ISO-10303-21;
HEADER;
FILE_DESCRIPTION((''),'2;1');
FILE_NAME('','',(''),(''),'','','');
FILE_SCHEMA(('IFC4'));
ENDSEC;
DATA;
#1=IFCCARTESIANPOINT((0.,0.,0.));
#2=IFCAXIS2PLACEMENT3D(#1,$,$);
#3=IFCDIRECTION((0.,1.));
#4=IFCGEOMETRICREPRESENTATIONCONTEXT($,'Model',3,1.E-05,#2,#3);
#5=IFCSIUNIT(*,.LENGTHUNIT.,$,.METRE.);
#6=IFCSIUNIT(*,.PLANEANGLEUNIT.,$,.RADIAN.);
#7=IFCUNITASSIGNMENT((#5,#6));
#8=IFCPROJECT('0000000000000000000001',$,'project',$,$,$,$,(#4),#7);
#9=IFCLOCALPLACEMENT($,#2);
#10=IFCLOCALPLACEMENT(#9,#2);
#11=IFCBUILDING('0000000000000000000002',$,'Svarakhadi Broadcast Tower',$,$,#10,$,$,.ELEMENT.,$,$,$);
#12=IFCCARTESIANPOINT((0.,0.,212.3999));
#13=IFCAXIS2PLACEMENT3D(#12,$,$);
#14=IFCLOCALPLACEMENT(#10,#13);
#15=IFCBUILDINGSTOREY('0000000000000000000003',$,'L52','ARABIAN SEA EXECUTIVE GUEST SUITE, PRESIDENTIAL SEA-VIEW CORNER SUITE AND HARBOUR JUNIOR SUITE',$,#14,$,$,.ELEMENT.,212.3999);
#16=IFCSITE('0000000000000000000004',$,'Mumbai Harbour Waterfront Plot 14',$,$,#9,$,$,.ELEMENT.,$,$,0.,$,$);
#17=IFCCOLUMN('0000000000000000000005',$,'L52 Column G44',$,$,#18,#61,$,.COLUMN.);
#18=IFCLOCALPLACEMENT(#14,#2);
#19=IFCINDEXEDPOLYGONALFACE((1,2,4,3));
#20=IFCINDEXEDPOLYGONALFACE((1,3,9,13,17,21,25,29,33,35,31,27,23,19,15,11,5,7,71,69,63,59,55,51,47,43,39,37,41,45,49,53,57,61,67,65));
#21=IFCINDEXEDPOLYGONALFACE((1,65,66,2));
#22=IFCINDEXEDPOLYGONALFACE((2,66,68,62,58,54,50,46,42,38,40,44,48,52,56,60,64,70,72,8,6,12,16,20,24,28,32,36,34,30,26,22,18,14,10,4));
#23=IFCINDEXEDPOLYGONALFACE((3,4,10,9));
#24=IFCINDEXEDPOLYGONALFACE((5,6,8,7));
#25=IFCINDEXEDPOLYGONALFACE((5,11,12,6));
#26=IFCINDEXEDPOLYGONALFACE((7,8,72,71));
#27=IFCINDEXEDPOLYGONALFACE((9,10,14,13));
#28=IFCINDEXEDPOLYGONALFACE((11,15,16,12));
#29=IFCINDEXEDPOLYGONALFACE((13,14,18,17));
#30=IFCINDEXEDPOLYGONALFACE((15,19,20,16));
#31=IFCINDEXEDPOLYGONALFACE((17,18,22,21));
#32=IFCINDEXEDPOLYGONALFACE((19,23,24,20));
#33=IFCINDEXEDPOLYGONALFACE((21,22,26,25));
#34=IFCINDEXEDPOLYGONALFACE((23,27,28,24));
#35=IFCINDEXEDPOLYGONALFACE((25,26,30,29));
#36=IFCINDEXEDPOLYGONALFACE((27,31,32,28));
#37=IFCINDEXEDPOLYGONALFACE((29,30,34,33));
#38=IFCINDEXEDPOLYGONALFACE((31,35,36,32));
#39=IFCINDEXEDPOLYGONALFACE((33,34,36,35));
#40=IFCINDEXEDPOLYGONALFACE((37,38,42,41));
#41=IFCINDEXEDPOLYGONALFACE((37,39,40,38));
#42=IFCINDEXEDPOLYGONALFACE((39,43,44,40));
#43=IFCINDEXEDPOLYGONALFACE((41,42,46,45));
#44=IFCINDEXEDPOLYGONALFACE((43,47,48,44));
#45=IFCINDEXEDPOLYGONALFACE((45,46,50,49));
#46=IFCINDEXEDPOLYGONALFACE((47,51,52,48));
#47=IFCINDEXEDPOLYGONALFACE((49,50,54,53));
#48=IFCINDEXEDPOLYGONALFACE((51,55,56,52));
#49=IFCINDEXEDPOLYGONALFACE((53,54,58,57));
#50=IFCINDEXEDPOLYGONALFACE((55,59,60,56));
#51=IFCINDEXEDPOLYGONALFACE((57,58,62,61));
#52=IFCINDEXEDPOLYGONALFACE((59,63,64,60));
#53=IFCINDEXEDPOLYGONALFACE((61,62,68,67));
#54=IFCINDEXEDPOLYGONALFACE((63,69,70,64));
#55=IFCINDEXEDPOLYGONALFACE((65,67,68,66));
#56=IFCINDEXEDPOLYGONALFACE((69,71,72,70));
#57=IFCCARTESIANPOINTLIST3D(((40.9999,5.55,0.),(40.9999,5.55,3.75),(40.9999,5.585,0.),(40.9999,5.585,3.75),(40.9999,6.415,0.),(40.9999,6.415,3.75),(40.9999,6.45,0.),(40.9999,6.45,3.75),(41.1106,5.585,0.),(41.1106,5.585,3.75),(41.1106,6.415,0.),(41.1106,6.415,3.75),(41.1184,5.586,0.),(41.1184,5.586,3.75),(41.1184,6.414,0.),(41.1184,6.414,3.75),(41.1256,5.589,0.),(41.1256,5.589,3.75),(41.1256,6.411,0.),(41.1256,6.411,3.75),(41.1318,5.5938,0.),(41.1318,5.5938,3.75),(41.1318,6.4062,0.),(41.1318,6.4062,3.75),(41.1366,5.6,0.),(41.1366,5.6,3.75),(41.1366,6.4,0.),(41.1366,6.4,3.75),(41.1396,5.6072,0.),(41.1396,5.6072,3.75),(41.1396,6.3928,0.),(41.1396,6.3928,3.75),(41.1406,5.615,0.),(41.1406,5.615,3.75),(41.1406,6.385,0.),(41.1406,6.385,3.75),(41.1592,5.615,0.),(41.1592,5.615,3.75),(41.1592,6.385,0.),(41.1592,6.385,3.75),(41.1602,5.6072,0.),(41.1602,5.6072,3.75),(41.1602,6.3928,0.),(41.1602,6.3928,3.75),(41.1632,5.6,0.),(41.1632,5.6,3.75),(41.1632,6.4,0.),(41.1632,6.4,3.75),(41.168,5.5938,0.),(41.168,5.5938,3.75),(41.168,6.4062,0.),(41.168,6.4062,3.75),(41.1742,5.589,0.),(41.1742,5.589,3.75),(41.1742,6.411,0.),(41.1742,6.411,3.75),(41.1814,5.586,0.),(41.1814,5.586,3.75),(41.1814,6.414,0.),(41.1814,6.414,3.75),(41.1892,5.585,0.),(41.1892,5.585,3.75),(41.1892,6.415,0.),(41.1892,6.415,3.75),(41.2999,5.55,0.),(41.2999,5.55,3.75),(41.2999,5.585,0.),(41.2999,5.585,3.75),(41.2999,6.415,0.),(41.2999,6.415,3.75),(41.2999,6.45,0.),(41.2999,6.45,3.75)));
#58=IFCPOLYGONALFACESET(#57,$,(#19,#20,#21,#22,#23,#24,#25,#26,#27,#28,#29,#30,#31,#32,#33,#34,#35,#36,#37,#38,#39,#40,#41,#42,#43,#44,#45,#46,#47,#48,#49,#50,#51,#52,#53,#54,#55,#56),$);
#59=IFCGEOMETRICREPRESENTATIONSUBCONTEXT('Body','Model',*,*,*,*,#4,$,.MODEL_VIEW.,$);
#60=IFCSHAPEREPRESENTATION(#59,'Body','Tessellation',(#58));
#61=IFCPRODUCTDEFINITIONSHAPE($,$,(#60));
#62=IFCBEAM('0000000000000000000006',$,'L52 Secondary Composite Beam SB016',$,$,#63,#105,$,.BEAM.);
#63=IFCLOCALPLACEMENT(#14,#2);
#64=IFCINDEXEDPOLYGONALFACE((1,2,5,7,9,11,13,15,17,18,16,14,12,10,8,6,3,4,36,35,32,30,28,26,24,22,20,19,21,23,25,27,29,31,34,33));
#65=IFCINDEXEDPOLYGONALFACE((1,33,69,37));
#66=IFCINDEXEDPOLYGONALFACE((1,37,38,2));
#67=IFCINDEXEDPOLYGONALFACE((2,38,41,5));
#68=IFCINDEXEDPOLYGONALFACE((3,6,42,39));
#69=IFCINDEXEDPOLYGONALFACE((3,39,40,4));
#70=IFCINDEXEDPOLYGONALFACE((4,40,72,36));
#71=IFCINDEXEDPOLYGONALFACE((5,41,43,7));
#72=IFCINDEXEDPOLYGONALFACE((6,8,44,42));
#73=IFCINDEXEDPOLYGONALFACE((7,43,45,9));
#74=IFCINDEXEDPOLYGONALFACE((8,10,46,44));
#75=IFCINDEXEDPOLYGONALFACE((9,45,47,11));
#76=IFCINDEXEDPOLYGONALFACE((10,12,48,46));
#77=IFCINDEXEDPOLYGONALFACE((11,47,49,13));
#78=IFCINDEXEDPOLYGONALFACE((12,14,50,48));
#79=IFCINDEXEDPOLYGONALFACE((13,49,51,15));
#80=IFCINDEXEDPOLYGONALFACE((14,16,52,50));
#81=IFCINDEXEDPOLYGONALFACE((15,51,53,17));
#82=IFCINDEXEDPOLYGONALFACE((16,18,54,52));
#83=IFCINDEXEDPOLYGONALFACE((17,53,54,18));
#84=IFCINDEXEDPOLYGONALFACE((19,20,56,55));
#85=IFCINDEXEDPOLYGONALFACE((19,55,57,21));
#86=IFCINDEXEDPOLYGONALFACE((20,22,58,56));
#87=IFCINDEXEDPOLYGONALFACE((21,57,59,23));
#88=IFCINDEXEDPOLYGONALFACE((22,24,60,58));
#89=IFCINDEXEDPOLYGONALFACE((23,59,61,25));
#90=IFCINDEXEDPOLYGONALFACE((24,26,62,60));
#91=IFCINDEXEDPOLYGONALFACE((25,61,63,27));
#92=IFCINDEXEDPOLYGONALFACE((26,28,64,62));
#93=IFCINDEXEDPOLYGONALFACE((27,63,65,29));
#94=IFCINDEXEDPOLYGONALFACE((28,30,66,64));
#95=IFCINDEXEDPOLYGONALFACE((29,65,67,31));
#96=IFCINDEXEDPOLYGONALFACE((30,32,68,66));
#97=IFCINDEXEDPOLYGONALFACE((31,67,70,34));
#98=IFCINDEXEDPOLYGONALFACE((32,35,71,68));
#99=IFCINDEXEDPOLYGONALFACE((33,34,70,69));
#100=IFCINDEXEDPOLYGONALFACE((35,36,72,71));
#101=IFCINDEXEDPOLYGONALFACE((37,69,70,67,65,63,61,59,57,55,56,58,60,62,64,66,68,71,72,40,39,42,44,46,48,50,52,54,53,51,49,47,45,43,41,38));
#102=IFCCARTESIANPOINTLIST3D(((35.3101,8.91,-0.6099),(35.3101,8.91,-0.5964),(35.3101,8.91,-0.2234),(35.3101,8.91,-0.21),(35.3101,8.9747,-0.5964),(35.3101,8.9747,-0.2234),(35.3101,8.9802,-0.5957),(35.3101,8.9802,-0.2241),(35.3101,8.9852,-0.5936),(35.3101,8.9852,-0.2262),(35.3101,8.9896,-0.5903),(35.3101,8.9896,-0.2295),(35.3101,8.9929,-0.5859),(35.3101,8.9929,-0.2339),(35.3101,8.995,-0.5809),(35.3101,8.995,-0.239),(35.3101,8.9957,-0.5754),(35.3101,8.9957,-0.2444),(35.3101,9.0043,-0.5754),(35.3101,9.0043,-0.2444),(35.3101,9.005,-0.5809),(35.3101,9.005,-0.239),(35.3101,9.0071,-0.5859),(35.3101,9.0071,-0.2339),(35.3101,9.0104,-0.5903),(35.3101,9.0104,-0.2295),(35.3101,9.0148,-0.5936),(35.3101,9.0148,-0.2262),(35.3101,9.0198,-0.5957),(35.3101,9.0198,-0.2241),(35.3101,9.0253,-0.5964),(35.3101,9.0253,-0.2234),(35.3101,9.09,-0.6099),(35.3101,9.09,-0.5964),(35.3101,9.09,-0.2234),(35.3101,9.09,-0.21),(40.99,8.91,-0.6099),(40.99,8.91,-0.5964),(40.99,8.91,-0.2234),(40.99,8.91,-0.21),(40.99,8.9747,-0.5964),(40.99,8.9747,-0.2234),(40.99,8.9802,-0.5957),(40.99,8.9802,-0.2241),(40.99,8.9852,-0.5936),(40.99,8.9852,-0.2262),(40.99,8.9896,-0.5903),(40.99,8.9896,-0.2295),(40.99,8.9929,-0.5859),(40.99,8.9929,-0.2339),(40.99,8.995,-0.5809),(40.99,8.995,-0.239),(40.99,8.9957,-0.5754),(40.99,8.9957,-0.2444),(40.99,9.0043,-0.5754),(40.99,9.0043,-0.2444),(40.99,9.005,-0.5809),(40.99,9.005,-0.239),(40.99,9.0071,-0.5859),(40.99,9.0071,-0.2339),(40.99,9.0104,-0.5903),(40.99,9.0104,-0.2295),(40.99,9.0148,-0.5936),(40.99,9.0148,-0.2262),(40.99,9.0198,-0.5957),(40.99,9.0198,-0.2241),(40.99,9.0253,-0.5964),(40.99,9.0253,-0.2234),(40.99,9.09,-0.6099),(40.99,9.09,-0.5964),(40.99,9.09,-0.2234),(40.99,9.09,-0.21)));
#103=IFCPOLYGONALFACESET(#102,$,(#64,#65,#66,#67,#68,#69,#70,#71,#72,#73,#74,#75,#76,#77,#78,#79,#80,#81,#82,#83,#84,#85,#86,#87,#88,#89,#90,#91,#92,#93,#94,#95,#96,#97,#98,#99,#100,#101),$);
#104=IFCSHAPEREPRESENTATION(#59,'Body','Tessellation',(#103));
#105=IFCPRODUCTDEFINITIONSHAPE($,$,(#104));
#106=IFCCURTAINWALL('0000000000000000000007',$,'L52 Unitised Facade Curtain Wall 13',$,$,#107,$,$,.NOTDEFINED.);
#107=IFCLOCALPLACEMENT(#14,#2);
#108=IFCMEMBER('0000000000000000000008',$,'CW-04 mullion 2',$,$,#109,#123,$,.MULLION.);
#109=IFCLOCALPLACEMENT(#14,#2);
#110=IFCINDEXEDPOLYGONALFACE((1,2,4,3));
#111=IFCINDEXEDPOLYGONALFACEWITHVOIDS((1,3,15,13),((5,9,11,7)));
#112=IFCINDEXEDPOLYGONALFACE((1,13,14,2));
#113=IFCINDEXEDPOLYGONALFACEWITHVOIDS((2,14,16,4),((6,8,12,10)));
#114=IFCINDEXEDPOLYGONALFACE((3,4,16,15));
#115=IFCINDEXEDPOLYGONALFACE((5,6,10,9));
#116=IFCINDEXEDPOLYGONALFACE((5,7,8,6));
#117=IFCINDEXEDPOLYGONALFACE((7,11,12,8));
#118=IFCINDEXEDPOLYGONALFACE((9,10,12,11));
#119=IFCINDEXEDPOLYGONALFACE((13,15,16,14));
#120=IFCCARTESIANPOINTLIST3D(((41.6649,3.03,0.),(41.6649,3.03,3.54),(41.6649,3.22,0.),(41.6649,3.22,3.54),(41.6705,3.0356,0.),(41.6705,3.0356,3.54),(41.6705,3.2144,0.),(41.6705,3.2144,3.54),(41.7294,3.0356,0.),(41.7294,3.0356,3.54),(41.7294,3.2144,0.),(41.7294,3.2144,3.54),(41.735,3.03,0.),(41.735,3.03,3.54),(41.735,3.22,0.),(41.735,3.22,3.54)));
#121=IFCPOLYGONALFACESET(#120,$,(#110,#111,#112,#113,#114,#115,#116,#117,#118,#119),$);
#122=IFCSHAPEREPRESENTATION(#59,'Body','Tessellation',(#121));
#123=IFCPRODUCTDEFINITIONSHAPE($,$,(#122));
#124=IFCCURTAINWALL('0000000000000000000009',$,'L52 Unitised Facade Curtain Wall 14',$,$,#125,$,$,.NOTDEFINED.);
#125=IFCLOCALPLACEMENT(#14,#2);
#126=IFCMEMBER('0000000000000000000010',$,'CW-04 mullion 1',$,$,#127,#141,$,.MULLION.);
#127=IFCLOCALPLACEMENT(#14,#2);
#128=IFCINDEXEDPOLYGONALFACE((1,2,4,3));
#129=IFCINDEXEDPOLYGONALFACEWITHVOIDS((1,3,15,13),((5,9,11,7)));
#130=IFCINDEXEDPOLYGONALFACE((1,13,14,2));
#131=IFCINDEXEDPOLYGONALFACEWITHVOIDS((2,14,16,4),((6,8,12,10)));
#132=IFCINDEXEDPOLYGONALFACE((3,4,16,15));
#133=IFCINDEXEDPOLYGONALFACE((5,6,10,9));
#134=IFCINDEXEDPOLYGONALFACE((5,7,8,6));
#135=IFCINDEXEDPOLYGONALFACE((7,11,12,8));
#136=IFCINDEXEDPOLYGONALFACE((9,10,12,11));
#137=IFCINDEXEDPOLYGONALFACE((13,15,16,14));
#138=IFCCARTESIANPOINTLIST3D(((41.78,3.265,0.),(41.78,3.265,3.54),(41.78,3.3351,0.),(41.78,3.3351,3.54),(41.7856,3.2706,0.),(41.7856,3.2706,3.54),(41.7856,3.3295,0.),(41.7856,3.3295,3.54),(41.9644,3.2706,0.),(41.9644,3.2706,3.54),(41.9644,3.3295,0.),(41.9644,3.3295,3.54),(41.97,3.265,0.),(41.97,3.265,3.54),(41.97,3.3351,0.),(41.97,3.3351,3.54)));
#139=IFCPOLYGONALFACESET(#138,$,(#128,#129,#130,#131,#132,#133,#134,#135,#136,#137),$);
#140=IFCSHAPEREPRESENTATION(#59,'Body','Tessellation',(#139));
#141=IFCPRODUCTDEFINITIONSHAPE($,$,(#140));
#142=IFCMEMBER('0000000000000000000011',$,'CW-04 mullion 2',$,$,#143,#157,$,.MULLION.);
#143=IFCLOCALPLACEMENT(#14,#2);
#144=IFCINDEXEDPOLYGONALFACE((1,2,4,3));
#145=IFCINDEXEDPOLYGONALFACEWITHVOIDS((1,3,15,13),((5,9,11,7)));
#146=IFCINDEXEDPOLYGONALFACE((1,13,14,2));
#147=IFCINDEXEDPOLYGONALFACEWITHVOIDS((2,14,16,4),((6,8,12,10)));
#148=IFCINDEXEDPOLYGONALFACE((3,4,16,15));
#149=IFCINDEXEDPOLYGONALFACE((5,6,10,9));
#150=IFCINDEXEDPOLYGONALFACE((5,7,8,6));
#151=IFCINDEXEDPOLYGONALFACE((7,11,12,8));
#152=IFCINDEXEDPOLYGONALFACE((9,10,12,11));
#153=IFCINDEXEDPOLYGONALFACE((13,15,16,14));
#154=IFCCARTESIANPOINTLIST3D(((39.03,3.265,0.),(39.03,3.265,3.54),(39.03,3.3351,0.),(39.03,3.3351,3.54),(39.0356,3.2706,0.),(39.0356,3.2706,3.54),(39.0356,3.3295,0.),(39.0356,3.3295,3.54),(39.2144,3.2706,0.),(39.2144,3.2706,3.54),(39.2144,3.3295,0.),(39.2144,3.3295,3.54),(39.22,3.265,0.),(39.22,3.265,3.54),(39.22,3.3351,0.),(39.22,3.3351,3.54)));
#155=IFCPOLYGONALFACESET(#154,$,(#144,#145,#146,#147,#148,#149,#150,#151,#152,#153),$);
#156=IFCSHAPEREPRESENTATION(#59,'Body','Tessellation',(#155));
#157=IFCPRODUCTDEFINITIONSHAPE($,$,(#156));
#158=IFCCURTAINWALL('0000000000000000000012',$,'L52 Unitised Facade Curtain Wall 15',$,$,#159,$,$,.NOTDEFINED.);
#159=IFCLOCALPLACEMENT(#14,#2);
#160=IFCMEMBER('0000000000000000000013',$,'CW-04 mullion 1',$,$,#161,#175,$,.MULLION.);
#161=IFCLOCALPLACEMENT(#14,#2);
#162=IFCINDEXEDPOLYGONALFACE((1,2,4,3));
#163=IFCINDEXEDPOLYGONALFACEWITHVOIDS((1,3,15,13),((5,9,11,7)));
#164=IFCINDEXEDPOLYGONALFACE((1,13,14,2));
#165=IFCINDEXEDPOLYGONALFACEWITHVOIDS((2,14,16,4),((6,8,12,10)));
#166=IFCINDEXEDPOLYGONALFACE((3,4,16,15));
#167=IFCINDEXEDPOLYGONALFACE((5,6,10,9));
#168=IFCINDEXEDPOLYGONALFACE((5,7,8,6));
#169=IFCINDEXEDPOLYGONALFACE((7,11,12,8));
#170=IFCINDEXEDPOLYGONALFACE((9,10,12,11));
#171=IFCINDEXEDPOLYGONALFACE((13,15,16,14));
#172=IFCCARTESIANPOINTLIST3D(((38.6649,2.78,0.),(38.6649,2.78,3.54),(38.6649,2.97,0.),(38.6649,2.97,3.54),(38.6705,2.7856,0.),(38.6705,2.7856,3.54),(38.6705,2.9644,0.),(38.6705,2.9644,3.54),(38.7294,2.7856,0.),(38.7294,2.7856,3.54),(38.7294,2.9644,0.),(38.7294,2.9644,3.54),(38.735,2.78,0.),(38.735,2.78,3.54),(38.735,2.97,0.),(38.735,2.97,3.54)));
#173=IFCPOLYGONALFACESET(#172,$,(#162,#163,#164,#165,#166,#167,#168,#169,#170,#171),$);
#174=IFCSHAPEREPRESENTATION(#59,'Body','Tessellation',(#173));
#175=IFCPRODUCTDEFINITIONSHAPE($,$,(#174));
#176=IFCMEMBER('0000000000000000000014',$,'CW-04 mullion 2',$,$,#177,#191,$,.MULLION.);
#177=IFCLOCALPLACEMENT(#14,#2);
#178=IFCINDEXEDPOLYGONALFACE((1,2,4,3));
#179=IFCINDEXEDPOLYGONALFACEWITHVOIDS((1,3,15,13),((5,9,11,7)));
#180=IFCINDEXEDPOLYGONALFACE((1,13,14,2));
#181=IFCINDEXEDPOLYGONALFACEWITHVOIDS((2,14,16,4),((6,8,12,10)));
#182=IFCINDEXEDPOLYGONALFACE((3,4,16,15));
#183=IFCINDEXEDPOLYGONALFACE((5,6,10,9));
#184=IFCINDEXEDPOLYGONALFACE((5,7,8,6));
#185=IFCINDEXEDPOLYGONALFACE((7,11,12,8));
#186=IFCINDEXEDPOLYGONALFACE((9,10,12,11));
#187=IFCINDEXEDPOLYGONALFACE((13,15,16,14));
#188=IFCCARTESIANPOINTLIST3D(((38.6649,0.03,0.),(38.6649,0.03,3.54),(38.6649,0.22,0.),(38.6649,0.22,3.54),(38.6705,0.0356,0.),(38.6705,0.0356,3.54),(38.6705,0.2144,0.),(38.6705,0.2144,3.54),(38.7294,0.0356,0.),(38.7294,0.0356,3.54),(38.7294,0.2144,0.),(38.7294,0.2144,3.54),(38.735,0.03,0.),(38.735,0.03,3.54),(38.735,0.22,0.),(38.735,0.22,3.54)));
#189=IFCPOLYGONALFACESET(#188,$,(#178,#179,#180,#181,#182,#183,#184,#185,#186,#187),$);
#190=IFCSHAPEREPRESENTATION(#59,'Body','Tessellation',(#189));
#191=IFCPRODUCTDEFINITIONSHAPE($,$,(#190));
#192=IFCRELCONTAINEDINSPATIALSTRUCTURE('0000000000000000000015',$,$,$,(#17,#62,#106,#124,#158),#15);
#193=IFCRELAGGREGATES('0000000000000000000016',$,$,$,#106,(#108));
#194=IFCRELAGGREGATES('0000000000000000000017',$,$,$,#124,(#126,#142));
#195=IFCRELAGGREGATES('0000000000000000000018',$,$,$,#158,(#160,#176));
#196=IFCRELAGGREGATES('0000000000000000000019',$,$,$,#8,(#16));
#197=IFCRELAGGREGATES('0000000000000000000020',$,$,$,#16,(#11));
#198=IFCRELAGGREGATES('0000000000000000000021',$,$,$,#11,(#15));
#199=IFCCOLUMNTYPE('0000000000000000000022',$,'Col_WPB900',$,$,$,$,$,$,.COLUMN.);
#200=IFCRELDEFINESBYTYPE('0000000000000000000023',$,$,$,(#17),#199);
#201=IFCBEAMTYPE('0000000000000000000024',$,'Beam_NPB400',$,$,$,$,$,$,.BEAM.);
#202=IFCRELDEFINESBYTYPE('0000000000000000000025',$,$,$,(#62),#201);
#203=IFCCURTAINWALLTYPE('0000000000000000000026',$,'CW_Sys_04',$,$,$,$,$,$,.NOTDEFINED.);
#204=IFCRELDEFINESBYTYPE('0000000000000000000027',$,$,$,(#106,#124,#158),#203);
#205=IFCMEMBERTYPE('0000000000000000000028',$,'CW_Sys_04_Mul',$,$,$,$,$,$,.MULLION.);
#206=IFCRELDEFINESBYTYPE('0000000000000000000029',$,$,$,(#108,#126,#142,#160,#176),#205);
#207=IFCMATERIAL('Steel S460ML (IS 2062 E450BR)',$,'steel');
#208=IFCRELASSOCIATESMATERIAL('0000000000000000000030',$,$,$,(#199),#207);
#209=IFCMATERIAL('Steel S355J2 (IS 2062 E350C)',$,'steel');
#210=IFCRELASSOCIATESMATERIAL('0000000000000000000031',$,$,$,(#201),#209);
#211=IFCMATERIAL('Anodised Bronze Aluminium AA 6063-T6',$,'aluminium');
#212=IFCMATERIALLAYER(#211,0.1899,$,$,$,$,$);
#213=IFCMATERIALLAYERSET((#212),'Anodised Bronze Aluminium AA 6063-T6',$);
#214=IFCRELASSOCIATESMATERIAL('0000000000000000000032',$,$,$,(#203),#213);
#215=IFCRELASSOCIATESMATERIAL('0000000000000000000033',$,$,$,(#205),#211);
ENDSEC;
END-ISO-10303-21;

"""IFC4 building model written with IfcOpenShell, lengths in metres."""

from ifc_helpers import new_model, si_unit, direction, frame, origin, origin_2d, place, context, subcontext, project, spatial, hollow_rectangle, i_section, extrude, material, layer, layer_set, material_profile, profile_set, type_object, element, aggregate, save


model = new_model("IFC4")

# Units and contexts
model_context = context("Model", 3, precision=1e-05, world=origin(), true_north=direction((0.0, 1.0)))
body_context = subcontext(model_context, "Body", "Model", "MODEL_VIEW")
ifc_project = project(units=[si_unit("LENGTHUNIT", "METRE"), si_unit("PLANEANGLEUNIT", "RADIAN")], contexts=[model_context])

# Site, building, storey
site_placement = place(None, origin())
site = spatial("IfcSite", under=ifc_project, at=site_placement, Name="Mumbai Harbour Waterfront Plot 14", CompositionType="ELEMENT", RefElevation=0.0)
building_placement = place(site_placement, origin())
building = spatial("IfcBuilding", under=site, at=building_placement, Name="Svarakhadi Broadcast Tower", CompositionType="ELEMENT")
storey_placement = place(building_placement, frame((0.0, 0.0, 212.3999)))
storey = spatial("IfcBuildingStorey", under=building, at=storey_placement, Name="L52", Description="ARABIAN SEA EXECUTIVE GUEST SUITE, PRESIDENTIAL SEA-VIEW CORNER SUITE AND HARBOUR JUNIOR SUITE", CompositionType="ELEMENT", Elevation=212.3999)

# Column
ifc_material_1 = material(Name="Steel S460ML (IS 2062 E450BR)", Category="steel")
ifc_material_profile_1 = material_profile(ifc_material_1, i_section(OverallWidth=0.3, OverallDepth=0.8999, WebThickness=0.0186, FlangeThickness=0.0349, FilletRadius=0.03, at=origin_2d()), Name="WPB 900x300x291")
ifc_profile_set_1 = profile_set([ifc_material_profile_1], Name="Steel S460ML (IS 2062 E450BR)")
column_type = type_object("IfcColumnType", Name="Col_WPB900", PredefinedType="COLUMN", material=ifc_profile_set_1)
column_placement = place(storey_placement, frame((41.1499, 6.0, 0.0), z_axis=(0.0, 0.0, 1.0), x_axis=(1.0, 0.0, 0.0)))
element("IfcColumn", 1, at=column_placement, inside=storey, type_object=column_type, Name="L52 Column G44", PredefinedType="COLUMN", context=body_context, shape_type="SweptSolid", body=[
    extrude(i_section(OverallWidth=0.3, OverallDepth=0.8999, WebThickness=0.0186, FlangeThickness=0.0349, FilletRadius=0.03, at=origin_2d()), origin(), (0.0, 0.0, 1.0), 3.75),
])

# Beam
ifc_material_2 = material(Name="Steel S355J2 (IS 2062 E350C)", Category="steel")
ifc_material_profile_2 = material_profile(ifc_material_2, i_section(OverallWidth=0.1799, OverallDepth=0.3999, WebThickness=0.0085, FlangeThickness=0.0134, FilletRadius=0.021, at=origin_2d()), Name="NPB 400x180x66")
ifc_profile_set_2 = profile_set([ifc_material_profile_2], Name="Steel S355J2 (IS 2062 E350C)")
beam_type_1 = type_object("IfcBeamType", Name="Beam_NPB400", PredefinedType="BEAM", material=ifc_profile_set_2)
beam_1_placement = place(storey_placement, frame((35.3101, 9.0, -0.4099), z_axis=(1.0, 0.0, 0.0), x_axis=(0.0, 1.0, 0.0)))
element("IfcBeam", 2, at=beam_1_placement, inside=storey, type_object=beam_type_1, Name="L52 Secondary Composite Beam SB016", PredefinedType="BEAM", context=body_context, shape_type="SweptSolid", body=[
    extrude(i_section(OverallWidth=0.1799, OverallDepth=0.3999, WebThickness=0.0085, FlangeThickness=0.0134, FilletRadius=0.021, at=origin_2d()), origin(), (0.0, 0.0, 1.0), 5.6799),
])

# Curtain wall, member
ifc_material_3 = material(Name="Anodised Bronze Aluminium AA 6063-T6", Category="aluminium")
ifc_layer_1 = layer(ifc_material_3, 0.1899)
ifc_layer_set_1 = layer_set([ifc_layer_1], Name="Anodised Bronze Aluminium AA 6063-T6")
curtain_wall_type = type_object("IfcCurtainWallType", Name="CW_Sys_04", PredefinedType="NOTDEFINED", material=ifc_layer_set_1)
curtain_wall_1_placement = place(storey_placement, origin())
curtain_wall_1 = element("IfcCurtainWall", 3, at=curtain_wall_1_placement, inside=storey, type_object=curtain_wall_type, Name="L52 Unitised Facade Curtain Wall 13", PredefinedType="NOTDEFINED")
ifc_material_profile_3 = material_profile(ifc_material_3, hollow_rectangle(XDim=0.0701, YDim=0.1899, WallThickness=0.0056, at=origin_2d()), Name="ALU MULLION 190x70x6")
ifc_profile_set_3 = profile_set([ifc_material_profile_3], Name="Anodised Bronze Aluminium AA 6063-T6")
member_type_1 = type_object("IfcMemberType", Name="CW_Sys_04_Mul", PredefinedType="MULLION", material=ifc_profile_set_3)
member_1_placement = place(storey_placement, frame((41.7, 3.125, 0.0), z_axis=(0.0, 0.0, 1.0), x_axis=(1.0, 0.0, 0.0)))
member_1 = element("IfcMember", 4, at=member_1_placement, type_object=member_type_1, Name="CW-04 mullion 2", PredefinedType="MULLION", context=body_context, shape_type="SweptSolid", body=[
    extrude(hollow_rectangle(XDim=0.0701, YDim=0.1899, WallThickness=0.0056, at=origin_2d()), origin(), (0.0, 0.0, 1.0), 3.54),
])
aggregate(curtain_wall_1, [member_1])

# Curtain walls, members
curtain_wall_2_placement = place(storey_placement, origin())
curtain_wall_2 = element("IfcCurtainWall", 5, at=curtain_wall_2_placement, inside=storey, type_object=curtain_wall_type, Name="L52 Unitised Facade Curtain Wall 14", PredefinedType="NOTDEFINED")
member_2_placement = place(storey_placement, frame((41.875, 3.3, 0.0), z_axis=(0.0, 0.0, 1.0), x_axis=(0.0, -1.0, 0.0)))
member_2 = element("IfcMember", 6, at=member_2_placement, type_object=member_type_1, Name="CW-04 mullion 1", PredefinedType="MULLION", context=body_context, shape_type="SweptSolid", body=[
    extrude(hollow_rectangle(XDim=0.0701, YDim=0.1899, WallThickness=0.0056, at=origin_2d()), origin(), (0.0, 0.0, 1.0), 3.54),
])
member_3_placement = place(storey_placement, frame((39.125, 3.3, 0.0), z_axis=(0.0, 0.0, 1.0), x_axis=(0.0, -1.0, 0.0)))
member_3 = element("IfcMember", 7, at=member_3_placement, type_object=member_type_1, Name="CW-04 mullion 2", PredefinedType="MULLION", context=body_context, shape_type="SweptSolid", body=[
    extrude(hollow_rectangle(XDim=0.0701, YDim=0.1899, WallThickness=0.0056, at=origin_2d()), origin(), (0.0, 0.0, 1.0), 3.54),
])
curtain_wall_3_placement = place(storey_placement, origin())
curtain_wall_3 = element("IfcCurtainWall", 8, at=curtain_wall_3_placement, inside=storey, type_object=curtain_wall_type, Name="L52 Unitised Facade Curtain Wall 15", PredefinedType="NOTDEFINED")
member_4_placement = place(storey_placement, frame((38.7, 2.875, 0.0), z_axis=(0.0, 0.0, 1.0), x_axis=(1.0, 0.0, 0.0)))
member_4 = element("IfcMember", 9, at=member_4_placement, type_object=member_type_1, Name="CW-04 mullion 1", PredefinedType="MULLION", context=body_context, shape_type="SweptSolid", body=[
    extrude(hollow_rectangle(XDim=0.0701, YDim=0.1899, WallThickness=0.0056, at=origin_2d()), origin(), (0.0, 0.0, 1.0), 3.54),
])
member_5_placement = place(storey_placement, frame((38.7, 0.125, 0.0), z_axis=(0.0, 0.0, 1.0), x_axis=(1.0, 0.0, 0.0)))
member_5 = element("IfcMember", 10, at=member_5_placement, type_object=member_type_1, Name="CW-04 mullion 2", PredefinedType="MULLION", context=body_context, shape_type="SweptSolid", body=[
    extrude(hollow_rectangle(XDim=0.0701, YDim=0.1899, WallThickness=0.0056, at=origin_2d()), origin(), (0.0, 0.0, 1.0), 3.54),
])

aggregate(curtain_wall_2, [member_2, member_3])
aggregate(curtain_wall_3, [member_4, member_5])

save(model, "model.ifc")
